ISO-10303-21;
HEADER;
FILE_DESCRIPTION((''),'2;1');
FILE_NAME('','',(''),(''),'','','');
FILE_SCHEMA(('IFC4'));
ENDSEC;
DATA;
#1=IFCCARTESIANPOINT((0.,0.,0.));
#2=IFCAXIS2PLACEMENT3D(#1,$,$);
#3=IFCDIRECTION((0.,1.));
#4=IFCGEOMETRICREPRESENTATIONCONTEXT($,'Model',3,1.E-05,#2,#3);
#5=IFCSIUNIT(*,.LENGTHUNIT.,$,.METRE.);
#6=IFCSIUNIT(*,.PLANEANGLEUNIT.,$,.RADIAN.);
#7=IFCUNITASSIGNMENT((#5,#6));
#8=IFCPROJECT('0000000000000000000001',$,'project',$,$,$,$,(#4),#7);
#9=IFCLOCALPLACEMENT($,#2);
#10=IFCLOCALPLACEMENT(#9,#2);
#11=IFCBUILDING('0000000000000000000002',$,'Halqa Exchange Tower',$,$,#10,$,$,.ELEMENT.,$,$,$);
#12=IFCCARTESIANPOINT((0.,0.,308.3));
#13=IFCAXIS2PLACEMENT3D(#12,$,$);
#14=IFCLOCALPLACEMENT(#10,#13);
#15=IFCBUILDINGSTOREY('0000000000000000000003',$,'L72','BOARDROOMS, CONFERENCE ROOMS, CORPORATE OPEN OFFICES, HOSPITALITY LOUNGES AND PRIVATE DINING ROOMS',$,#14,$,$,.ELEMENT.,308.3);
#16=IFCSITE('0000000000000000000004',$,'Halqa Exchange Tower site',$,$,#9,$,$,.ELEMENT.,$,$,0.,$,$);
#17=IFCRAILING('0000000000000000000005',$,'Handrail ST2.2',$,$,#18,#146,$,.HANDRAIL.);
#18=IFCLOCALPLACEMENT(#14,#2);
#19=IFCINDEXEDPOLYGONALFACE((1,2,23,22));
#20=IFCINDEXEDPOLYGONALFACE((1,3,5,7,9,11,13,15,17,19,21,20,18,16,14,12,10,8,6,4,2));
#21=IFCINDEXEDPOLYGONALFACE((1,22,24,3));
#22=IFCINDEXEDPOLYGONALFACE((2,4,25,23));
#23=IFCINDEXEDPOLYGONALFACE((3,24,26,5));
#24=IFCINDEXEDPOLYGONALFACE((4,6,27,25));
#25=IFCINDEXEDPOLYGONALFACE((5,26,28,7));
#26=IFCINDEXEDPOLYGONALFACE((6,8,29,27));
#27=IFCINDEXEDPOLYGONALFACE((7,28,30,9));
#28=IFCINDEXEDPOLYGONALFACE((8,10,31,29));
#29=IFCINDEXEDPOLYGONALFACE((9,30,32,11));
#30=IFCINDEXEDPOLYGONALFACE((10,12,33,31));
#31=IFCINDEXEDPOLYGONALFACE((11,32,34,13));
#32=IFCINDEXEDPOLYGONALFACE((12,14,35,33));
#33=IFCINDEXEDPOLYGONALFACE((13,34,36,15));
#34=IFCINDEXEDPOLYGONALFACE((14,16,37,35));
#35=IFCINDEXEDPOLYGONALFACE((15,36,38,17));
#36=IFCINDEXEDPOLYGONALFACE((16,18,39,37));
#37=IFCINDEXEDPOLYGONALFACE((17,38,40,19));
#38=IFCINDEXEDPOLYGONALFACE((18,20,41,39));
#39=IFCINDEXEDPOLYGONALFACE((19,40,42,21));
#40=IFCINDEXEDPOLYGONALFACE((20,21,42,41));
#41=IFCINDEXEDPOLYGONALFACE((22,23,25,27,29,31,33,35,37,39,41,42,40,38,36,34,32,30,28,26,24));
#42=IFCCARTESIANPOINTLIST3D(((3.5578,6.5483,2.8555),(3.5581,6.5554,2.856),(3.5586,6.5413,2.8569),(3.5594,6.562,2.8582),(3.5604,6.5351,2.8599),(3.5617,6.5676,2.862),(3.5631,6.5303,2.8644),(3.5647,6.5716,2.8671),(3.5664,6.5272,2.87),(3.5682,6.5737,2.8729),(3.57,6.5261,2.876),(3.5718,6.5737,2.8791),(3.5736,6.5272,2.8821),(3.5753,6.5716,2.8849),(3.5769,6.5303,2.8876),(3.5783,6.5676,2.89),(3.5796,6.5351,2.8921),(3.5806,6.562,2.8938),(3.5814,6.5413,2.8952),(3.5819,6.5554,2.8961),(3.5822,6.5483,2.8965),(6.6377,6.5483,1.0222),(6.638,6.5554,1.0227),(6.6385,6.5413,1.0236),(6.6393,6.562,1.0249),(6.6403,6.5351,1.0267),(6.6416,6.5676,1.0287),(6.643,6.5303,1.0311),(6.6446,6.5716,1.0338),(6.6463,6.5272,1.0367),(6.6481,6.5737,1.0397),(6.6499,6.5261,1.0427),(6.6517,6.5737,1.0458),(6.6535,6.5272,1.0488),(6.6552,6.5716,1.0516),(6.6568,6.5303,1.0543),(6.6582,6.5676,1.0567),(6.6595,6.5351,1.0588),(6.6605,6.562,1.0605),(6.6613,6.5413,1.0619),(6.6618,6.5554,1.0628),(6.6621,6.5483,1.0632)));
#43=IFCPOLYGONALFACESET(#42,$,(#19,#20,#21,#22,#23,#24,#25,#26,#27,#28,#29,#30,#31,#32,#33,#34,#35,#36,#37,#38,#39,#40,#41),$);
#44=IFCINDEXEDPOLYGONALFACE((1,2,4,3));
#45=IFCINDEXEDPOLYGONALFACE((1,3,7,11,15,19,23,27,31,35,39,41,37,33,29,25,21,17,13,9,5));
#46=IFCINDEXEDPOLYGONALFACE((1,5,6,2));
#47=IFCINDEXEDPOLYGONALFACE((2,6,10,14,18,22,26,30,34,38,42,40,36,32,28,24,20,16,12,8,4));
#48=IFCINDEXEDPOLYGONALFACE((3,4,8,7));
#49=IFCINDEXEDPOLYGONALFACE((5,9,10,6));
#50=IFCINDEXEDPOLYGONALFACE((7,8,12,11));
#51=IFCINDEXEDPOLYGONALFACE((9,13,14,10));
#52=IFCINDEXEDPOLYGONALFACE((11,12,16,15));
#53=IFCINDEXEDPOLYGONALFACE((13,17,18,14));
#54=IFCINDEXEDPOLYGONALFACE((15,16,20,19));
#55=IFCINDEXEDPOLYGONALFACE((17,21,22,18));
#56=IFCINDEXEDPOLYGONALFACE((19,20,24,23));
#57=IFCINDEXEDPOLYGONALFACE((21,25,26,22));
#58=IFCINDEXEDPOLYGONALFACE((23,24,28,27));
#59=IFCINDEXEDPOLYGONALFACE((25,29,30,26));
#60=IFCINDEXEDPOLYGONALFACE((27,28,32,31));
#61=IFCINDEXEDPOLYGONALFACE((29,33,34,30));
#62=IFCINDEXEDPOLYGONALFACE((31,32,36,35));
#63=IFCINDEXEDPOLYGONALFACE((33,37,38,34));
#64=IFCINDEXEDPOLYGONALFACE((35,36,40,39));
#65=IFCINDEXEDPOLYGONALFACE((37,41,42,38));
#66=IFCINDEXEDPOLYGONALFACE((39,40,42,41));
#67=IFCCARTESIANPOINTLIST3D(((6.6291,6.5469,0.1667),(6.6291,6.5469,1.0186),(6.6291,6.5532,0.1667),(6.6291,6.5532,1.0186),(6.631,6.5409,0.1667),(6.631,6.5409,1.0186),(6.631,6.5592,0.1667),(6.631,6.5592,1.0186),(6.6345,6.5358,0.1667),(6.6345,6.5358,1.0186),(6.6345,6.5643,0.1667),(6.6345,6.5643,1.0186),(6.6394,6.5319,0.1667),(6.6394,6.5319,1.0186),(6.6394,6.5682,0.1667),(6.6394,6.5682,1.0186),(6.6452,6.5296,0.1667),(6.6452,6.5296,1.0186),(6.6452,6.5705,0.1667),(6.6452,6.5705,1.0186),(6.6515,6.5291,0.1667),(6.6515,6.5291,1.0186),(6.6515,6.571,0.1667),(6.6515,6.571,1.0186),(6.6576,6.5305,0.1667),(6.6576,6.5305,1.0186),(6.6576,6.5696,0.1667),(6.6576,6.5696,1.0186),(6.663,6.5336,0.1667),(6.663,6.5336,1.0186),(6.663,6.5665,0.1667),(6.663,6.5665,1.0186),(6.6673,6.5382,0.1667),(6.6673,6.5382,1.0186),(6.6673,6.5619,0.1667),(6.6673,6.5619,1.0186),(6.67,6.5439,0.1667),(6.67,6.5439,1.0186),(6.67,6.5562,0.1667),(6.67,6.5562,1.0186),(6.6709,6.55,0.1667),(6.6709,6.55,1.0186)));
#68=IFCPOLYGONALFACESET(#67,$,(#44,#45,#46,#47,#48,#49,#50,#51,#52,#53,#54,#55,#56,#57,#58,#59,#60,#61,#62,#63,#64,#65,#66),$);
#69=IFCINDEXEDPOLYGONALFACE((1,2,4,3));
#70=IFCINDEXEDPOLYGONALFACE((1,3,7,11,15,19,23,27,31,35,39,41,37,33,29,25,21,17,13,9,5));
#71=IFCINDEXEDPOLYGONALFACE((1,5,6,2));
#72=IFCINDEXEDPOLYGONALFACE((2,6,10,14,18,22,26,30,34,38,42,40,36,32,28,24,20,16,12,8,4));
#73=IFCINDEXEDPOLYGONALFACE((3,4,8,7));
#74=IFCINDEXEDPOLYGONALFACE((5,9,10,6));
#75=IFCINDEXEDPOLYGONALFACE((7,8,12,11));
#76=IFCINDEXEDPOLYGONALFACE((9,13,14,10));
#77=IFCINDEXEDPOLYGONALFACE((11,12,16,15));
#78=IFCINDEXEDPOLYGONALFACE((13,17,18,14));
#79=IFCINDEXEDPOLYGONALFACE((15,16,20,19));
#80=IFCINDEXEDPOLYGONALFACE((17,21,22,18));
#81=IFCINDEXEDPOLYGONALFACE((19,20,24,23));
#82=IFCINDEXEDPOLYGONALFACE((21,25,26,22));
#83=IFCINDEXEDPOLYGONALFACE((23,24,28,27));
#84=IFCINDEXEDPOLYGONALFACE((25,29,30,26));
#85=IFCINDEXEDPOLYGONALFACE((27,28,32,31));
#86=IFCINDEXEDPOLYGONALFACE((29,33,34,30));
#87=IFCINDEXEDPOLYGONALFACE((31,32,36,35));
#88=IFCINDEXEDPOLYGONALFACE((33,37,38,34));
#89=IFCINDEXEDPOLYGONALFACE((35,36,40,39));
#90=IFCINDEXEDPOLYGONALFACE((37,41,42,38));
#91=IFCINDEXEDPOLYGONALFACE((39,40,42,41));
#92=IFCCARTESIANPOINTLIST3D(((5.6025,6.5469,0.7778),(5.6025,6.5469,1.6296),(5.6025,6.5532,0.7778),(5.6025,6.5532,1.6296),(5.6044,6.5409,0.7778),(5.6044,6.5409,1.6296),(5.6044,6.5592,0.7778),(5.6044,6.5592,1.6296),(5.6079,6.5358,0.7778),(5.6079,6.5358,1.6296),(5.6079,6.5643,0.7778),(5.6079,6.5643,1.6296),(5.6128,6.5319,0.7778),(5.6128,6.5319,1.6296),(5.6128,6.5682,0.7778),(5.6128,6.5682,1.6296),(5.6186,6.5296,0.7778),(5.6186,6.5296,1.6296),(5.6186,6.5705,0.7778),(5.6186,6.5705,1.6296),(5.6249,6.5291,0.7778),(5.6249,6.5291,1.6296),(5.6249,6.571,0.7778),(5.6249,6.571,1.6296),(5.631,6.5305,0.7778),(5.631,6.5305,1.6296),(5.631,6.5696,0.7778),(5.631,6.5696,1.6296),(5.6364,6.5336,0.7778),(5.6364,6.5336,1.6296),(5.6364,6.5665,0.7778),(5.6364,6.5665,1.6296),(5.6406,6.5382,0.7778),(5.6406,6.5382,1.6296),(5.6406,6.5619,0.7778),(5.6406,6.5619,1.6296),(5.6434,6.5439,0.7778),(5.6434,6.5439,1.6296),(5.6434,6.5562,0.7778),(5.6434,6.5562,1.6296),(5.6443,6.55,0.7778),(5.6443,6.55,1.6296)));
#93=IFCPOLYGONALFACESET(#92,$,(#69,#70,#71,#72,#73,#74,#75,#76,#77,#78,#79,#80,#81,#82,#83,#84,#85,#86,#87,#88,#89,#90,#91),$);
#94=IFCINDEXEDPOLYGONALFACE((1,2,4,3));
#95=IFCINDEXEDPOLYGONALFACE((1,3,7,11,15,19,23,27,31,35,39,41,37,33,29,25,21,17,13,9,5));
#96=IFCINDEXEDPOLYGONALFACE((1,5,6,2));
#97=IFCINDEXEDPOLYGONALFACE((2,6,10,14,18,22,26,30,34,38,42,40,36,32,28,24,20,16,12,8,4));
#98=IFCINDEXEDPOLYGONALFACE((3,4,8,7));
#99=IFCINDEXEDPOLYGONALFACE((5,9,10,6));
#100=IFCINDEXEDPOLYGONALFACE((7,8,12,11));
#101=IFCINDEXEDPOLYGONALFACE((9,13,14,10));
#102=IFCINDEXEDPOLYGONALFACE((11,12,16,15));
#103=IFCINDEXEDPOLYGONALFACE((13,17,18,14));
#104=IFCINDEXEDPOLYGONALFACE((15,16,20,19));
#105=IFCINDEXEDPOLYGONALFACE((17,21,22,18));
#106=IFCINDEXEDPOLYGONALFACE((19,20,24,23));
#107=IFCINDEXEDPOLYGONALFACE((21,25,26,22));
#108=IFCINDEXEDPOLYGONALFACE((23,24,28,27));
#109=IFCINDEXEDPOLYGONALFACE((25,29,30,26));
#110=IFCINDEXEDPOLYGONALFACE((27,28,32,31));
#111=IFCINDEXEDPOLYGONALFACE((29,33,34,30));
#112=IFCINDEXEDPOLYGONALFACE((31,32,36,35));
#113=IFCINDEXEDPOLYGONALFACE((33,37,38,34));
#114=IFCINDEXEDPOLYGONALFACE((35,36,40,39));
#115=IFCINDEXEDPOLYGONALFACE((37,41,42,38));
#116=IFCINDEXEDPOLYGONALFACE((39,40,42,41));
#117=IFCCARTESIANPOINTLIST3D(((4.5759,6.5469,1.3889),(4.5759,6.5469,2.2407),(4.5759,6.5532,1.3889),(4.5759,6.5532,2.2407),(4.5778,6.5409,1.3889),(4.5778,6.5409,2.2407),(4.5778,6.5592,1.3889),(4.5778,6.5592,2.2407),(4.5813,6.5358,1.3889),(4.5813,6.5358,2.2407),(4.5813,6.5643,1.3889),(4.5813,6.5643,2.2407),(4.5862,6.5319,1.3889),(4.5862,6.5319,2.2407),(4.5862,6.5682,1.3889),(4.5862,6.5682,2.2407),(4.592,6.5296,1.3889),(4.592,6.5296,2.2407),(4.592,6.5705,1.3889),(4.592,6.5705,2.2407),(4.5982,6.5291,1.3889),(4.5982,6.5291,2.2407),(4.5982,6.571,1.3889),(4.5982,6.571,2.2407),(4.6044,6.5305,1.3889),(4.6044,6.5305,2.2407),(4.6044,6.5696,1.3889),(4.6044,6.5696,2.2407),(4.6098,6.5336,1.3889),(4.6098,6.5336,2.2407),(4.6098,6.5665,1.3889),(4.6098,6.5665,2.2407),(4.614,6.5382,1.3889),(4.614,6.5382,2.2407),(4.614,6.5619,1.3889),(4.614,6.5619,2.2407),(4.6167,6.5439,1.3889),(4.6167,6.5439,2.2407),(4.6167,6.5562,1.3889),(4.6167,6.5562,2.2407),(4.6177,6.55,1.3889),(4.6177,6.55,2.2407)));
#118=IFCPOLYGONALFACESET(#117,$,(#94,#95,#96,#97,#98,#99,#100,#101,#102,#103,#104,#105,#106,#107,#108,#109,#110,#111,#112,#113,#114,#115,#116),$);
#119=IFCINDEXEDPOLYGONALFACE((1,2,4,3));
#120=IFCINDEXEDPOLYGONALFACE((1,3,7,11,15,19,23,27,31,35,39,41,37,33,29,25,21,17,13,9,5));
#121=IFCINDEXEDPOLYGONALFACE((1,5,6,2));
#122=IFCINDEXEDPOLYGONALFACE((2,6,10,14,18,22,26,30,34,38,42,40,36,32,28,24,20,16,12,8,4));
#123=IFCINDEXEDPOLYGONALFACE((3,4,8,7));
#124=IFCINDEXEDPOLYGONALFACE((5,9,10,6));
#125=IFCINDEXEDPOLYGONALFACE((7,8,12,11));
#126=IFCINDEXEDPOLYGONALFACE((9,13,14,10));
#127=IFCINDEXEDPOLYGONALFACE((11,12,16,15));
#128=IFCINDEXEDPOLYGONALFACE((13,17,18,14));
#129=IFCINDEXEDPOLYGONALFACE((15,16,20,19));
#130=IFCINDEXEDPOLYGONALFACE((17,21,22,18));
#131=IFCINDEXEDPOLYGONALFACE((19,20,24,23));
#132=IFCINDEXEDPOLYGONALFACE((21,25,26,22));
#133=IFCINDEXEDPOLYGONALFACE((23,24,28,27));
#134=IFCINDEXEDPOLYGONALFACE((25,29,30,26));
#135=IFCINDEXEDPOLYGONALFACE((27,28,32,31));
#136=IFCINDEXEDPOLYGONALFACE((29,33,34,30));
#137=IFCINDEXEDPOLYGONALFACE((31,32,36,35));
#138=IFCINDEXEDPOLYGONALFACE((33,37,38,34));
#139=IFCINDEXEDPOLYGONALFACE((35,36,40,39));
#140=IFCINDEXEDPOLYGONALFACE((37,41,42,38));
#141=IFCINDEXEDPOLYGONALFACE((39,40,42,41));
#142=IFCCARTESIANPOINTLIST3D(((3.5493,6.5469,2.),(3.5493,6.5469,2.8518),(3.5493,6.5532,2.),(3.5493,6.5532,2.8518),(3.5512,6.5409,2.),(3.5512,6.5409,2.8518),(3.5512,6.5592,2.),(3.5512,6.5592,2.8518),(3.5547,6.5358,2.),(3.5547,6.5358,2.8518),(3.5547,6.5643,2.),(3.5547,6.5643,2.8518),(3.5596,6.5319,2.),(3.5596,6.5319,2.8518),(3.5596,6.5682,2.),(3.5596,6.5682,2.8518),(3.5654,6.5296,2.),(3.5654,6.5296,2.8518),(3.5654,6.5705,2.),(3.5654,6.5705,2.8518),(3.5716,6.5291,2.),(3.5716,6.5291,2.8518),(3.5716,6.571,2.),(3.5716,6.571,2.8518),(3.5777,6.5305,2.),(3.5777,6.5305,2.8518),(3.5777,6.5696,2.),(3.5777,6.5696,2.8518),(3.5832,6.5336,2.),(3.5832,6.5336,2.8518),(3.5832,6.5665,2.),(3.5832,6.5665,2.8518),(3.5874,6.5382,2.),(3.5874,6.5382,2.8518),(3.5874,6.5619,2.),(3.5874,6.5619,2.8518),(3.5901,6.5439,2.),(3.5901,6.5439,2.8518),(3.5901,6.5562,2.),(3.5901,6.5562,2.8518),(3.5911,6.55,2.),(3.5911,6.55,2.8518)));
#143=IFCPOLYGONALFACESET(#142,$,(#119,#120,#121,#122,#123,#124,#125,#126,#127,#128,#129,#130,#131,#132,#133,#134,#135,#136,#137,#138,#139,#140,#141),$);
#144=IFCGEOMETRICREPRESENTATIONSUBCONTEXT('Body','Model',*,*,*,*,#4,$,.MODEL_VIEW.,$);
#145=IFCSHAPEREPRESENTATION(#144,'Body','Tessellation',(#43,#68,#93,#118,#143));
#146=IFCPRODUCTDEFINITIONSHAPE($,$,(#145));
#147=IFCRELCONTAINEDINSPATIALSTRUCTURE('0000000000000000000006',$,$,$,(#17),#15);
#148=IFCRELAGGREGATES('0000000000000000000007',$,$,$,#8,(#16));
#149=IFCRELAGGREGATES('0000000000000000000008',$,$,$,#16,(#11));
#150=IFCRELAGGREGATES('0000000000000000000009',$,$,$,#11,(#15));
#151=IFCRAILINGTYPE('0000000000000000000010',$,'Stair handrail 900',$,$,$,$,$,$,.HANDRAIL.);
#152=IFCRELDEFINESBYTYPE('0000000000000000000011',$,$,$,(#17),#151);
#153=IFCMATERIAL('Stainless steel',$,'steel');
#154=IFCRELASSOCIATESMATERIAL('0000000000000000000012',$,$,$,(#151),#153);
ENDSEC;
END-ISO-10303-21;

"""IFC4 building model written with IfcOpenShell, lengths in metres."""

from ifc_helpers import new_model, si_unit, direction, frame, origin, origin_2d, place, context, subcontext, project, spatial, circle, extrude, material, type_object, element, save


model = new_model("IFC4")

# Units and contexts
model_context = context("Model", 3, precision=1e-05, world=origin(), true_north=direction((0.0, 1.0)))
body_context = subcontext(model_context, "Body", "Model", "MODEL_VIEW")
ifc_project = project(units=[si_unit("LENGTHUNIT", "METRE"), si_unit("PLANEANGLEUNIT", "RADIAN")], contexts=[model_context])

# Site, building, storey
site_placement = place(None, origin())
site = spatial("IfcSite", under=ifc_project, at=site_placement, Name="Halqa Exchange Tower site", CompositionType="ELEMENT", RefElevation=0.0)
building_placement = place(site_placement, origin())
building = spatial("IfcBuilding", under=site, at=building_placement, Name="Halqa Exchange Tower", CompositionType="ELEMENT")
storey_placement = place(building_placement, frame((0.0, 0.0, 308.3)))
storey = spatial("IfcBuildingStorey", under=building, at=storey_placement, Name="L72", Description="BOARDROOMS, CONFERENCE ROOMS, CORPORATE OPEN OFFICES, HOSPITALITY LOUNGES AND PRIVATE DINING ROOMS", CompositionType="ELEMENT", Elevation=308.3)

# Railing
ifc_material_1 = material(Name="Stainless steel", Category="steel")
railing_type_1 = type_object("IfcRailingType", Name="Stair handrail 900", PredefinedType="HANDRAIL", material=ifc_material_1)
railing_1_placement = place(storey_placement, frame((6.6499, 6.55, 0.1667)))
element("IfcRailing", 1, at=railing_1_placement, inside=storey, type_object=railing_type_1, Name="Handrail ST2.2", PredefinedType="HANDRAIL", context=body_context, shape_type="SweptSolid", body=[
    extrude(circle(Radius=0.0239, at=origin_2d()), frame((0.0, 0.0, 0.876), z_axis=(-0.859291, 0.0, 0.511487), x_axis=(0.0, -1.0, 0.0)), (0.0, 0.0, 1.0), 3.5842),
    extrude(circle(Radius=0.021, at=origin_2d()), origin(), (0.0, 0.0, 1.0), 0.8518),
    extrude(circle(Radius=0.021, at=origin_2d()), frame((-1.0266, 0.0, 0.6111)), (0.0, 0.0, 1.0), 0.8518),
    extrude(circle(Radius=0.021, at=origin_2d()), frame((-2.0532, 0.0, 1.2222)), (0.0, 0.0, 1.0), 0.8518),
    extrude(circle(Radius=0.021, at=origin_2d()), frame((-3.0798, 0.0, 1.8333)), (0.0, 0.0, 1.0), 0.8518),
])

save(model, "model.ifc")
